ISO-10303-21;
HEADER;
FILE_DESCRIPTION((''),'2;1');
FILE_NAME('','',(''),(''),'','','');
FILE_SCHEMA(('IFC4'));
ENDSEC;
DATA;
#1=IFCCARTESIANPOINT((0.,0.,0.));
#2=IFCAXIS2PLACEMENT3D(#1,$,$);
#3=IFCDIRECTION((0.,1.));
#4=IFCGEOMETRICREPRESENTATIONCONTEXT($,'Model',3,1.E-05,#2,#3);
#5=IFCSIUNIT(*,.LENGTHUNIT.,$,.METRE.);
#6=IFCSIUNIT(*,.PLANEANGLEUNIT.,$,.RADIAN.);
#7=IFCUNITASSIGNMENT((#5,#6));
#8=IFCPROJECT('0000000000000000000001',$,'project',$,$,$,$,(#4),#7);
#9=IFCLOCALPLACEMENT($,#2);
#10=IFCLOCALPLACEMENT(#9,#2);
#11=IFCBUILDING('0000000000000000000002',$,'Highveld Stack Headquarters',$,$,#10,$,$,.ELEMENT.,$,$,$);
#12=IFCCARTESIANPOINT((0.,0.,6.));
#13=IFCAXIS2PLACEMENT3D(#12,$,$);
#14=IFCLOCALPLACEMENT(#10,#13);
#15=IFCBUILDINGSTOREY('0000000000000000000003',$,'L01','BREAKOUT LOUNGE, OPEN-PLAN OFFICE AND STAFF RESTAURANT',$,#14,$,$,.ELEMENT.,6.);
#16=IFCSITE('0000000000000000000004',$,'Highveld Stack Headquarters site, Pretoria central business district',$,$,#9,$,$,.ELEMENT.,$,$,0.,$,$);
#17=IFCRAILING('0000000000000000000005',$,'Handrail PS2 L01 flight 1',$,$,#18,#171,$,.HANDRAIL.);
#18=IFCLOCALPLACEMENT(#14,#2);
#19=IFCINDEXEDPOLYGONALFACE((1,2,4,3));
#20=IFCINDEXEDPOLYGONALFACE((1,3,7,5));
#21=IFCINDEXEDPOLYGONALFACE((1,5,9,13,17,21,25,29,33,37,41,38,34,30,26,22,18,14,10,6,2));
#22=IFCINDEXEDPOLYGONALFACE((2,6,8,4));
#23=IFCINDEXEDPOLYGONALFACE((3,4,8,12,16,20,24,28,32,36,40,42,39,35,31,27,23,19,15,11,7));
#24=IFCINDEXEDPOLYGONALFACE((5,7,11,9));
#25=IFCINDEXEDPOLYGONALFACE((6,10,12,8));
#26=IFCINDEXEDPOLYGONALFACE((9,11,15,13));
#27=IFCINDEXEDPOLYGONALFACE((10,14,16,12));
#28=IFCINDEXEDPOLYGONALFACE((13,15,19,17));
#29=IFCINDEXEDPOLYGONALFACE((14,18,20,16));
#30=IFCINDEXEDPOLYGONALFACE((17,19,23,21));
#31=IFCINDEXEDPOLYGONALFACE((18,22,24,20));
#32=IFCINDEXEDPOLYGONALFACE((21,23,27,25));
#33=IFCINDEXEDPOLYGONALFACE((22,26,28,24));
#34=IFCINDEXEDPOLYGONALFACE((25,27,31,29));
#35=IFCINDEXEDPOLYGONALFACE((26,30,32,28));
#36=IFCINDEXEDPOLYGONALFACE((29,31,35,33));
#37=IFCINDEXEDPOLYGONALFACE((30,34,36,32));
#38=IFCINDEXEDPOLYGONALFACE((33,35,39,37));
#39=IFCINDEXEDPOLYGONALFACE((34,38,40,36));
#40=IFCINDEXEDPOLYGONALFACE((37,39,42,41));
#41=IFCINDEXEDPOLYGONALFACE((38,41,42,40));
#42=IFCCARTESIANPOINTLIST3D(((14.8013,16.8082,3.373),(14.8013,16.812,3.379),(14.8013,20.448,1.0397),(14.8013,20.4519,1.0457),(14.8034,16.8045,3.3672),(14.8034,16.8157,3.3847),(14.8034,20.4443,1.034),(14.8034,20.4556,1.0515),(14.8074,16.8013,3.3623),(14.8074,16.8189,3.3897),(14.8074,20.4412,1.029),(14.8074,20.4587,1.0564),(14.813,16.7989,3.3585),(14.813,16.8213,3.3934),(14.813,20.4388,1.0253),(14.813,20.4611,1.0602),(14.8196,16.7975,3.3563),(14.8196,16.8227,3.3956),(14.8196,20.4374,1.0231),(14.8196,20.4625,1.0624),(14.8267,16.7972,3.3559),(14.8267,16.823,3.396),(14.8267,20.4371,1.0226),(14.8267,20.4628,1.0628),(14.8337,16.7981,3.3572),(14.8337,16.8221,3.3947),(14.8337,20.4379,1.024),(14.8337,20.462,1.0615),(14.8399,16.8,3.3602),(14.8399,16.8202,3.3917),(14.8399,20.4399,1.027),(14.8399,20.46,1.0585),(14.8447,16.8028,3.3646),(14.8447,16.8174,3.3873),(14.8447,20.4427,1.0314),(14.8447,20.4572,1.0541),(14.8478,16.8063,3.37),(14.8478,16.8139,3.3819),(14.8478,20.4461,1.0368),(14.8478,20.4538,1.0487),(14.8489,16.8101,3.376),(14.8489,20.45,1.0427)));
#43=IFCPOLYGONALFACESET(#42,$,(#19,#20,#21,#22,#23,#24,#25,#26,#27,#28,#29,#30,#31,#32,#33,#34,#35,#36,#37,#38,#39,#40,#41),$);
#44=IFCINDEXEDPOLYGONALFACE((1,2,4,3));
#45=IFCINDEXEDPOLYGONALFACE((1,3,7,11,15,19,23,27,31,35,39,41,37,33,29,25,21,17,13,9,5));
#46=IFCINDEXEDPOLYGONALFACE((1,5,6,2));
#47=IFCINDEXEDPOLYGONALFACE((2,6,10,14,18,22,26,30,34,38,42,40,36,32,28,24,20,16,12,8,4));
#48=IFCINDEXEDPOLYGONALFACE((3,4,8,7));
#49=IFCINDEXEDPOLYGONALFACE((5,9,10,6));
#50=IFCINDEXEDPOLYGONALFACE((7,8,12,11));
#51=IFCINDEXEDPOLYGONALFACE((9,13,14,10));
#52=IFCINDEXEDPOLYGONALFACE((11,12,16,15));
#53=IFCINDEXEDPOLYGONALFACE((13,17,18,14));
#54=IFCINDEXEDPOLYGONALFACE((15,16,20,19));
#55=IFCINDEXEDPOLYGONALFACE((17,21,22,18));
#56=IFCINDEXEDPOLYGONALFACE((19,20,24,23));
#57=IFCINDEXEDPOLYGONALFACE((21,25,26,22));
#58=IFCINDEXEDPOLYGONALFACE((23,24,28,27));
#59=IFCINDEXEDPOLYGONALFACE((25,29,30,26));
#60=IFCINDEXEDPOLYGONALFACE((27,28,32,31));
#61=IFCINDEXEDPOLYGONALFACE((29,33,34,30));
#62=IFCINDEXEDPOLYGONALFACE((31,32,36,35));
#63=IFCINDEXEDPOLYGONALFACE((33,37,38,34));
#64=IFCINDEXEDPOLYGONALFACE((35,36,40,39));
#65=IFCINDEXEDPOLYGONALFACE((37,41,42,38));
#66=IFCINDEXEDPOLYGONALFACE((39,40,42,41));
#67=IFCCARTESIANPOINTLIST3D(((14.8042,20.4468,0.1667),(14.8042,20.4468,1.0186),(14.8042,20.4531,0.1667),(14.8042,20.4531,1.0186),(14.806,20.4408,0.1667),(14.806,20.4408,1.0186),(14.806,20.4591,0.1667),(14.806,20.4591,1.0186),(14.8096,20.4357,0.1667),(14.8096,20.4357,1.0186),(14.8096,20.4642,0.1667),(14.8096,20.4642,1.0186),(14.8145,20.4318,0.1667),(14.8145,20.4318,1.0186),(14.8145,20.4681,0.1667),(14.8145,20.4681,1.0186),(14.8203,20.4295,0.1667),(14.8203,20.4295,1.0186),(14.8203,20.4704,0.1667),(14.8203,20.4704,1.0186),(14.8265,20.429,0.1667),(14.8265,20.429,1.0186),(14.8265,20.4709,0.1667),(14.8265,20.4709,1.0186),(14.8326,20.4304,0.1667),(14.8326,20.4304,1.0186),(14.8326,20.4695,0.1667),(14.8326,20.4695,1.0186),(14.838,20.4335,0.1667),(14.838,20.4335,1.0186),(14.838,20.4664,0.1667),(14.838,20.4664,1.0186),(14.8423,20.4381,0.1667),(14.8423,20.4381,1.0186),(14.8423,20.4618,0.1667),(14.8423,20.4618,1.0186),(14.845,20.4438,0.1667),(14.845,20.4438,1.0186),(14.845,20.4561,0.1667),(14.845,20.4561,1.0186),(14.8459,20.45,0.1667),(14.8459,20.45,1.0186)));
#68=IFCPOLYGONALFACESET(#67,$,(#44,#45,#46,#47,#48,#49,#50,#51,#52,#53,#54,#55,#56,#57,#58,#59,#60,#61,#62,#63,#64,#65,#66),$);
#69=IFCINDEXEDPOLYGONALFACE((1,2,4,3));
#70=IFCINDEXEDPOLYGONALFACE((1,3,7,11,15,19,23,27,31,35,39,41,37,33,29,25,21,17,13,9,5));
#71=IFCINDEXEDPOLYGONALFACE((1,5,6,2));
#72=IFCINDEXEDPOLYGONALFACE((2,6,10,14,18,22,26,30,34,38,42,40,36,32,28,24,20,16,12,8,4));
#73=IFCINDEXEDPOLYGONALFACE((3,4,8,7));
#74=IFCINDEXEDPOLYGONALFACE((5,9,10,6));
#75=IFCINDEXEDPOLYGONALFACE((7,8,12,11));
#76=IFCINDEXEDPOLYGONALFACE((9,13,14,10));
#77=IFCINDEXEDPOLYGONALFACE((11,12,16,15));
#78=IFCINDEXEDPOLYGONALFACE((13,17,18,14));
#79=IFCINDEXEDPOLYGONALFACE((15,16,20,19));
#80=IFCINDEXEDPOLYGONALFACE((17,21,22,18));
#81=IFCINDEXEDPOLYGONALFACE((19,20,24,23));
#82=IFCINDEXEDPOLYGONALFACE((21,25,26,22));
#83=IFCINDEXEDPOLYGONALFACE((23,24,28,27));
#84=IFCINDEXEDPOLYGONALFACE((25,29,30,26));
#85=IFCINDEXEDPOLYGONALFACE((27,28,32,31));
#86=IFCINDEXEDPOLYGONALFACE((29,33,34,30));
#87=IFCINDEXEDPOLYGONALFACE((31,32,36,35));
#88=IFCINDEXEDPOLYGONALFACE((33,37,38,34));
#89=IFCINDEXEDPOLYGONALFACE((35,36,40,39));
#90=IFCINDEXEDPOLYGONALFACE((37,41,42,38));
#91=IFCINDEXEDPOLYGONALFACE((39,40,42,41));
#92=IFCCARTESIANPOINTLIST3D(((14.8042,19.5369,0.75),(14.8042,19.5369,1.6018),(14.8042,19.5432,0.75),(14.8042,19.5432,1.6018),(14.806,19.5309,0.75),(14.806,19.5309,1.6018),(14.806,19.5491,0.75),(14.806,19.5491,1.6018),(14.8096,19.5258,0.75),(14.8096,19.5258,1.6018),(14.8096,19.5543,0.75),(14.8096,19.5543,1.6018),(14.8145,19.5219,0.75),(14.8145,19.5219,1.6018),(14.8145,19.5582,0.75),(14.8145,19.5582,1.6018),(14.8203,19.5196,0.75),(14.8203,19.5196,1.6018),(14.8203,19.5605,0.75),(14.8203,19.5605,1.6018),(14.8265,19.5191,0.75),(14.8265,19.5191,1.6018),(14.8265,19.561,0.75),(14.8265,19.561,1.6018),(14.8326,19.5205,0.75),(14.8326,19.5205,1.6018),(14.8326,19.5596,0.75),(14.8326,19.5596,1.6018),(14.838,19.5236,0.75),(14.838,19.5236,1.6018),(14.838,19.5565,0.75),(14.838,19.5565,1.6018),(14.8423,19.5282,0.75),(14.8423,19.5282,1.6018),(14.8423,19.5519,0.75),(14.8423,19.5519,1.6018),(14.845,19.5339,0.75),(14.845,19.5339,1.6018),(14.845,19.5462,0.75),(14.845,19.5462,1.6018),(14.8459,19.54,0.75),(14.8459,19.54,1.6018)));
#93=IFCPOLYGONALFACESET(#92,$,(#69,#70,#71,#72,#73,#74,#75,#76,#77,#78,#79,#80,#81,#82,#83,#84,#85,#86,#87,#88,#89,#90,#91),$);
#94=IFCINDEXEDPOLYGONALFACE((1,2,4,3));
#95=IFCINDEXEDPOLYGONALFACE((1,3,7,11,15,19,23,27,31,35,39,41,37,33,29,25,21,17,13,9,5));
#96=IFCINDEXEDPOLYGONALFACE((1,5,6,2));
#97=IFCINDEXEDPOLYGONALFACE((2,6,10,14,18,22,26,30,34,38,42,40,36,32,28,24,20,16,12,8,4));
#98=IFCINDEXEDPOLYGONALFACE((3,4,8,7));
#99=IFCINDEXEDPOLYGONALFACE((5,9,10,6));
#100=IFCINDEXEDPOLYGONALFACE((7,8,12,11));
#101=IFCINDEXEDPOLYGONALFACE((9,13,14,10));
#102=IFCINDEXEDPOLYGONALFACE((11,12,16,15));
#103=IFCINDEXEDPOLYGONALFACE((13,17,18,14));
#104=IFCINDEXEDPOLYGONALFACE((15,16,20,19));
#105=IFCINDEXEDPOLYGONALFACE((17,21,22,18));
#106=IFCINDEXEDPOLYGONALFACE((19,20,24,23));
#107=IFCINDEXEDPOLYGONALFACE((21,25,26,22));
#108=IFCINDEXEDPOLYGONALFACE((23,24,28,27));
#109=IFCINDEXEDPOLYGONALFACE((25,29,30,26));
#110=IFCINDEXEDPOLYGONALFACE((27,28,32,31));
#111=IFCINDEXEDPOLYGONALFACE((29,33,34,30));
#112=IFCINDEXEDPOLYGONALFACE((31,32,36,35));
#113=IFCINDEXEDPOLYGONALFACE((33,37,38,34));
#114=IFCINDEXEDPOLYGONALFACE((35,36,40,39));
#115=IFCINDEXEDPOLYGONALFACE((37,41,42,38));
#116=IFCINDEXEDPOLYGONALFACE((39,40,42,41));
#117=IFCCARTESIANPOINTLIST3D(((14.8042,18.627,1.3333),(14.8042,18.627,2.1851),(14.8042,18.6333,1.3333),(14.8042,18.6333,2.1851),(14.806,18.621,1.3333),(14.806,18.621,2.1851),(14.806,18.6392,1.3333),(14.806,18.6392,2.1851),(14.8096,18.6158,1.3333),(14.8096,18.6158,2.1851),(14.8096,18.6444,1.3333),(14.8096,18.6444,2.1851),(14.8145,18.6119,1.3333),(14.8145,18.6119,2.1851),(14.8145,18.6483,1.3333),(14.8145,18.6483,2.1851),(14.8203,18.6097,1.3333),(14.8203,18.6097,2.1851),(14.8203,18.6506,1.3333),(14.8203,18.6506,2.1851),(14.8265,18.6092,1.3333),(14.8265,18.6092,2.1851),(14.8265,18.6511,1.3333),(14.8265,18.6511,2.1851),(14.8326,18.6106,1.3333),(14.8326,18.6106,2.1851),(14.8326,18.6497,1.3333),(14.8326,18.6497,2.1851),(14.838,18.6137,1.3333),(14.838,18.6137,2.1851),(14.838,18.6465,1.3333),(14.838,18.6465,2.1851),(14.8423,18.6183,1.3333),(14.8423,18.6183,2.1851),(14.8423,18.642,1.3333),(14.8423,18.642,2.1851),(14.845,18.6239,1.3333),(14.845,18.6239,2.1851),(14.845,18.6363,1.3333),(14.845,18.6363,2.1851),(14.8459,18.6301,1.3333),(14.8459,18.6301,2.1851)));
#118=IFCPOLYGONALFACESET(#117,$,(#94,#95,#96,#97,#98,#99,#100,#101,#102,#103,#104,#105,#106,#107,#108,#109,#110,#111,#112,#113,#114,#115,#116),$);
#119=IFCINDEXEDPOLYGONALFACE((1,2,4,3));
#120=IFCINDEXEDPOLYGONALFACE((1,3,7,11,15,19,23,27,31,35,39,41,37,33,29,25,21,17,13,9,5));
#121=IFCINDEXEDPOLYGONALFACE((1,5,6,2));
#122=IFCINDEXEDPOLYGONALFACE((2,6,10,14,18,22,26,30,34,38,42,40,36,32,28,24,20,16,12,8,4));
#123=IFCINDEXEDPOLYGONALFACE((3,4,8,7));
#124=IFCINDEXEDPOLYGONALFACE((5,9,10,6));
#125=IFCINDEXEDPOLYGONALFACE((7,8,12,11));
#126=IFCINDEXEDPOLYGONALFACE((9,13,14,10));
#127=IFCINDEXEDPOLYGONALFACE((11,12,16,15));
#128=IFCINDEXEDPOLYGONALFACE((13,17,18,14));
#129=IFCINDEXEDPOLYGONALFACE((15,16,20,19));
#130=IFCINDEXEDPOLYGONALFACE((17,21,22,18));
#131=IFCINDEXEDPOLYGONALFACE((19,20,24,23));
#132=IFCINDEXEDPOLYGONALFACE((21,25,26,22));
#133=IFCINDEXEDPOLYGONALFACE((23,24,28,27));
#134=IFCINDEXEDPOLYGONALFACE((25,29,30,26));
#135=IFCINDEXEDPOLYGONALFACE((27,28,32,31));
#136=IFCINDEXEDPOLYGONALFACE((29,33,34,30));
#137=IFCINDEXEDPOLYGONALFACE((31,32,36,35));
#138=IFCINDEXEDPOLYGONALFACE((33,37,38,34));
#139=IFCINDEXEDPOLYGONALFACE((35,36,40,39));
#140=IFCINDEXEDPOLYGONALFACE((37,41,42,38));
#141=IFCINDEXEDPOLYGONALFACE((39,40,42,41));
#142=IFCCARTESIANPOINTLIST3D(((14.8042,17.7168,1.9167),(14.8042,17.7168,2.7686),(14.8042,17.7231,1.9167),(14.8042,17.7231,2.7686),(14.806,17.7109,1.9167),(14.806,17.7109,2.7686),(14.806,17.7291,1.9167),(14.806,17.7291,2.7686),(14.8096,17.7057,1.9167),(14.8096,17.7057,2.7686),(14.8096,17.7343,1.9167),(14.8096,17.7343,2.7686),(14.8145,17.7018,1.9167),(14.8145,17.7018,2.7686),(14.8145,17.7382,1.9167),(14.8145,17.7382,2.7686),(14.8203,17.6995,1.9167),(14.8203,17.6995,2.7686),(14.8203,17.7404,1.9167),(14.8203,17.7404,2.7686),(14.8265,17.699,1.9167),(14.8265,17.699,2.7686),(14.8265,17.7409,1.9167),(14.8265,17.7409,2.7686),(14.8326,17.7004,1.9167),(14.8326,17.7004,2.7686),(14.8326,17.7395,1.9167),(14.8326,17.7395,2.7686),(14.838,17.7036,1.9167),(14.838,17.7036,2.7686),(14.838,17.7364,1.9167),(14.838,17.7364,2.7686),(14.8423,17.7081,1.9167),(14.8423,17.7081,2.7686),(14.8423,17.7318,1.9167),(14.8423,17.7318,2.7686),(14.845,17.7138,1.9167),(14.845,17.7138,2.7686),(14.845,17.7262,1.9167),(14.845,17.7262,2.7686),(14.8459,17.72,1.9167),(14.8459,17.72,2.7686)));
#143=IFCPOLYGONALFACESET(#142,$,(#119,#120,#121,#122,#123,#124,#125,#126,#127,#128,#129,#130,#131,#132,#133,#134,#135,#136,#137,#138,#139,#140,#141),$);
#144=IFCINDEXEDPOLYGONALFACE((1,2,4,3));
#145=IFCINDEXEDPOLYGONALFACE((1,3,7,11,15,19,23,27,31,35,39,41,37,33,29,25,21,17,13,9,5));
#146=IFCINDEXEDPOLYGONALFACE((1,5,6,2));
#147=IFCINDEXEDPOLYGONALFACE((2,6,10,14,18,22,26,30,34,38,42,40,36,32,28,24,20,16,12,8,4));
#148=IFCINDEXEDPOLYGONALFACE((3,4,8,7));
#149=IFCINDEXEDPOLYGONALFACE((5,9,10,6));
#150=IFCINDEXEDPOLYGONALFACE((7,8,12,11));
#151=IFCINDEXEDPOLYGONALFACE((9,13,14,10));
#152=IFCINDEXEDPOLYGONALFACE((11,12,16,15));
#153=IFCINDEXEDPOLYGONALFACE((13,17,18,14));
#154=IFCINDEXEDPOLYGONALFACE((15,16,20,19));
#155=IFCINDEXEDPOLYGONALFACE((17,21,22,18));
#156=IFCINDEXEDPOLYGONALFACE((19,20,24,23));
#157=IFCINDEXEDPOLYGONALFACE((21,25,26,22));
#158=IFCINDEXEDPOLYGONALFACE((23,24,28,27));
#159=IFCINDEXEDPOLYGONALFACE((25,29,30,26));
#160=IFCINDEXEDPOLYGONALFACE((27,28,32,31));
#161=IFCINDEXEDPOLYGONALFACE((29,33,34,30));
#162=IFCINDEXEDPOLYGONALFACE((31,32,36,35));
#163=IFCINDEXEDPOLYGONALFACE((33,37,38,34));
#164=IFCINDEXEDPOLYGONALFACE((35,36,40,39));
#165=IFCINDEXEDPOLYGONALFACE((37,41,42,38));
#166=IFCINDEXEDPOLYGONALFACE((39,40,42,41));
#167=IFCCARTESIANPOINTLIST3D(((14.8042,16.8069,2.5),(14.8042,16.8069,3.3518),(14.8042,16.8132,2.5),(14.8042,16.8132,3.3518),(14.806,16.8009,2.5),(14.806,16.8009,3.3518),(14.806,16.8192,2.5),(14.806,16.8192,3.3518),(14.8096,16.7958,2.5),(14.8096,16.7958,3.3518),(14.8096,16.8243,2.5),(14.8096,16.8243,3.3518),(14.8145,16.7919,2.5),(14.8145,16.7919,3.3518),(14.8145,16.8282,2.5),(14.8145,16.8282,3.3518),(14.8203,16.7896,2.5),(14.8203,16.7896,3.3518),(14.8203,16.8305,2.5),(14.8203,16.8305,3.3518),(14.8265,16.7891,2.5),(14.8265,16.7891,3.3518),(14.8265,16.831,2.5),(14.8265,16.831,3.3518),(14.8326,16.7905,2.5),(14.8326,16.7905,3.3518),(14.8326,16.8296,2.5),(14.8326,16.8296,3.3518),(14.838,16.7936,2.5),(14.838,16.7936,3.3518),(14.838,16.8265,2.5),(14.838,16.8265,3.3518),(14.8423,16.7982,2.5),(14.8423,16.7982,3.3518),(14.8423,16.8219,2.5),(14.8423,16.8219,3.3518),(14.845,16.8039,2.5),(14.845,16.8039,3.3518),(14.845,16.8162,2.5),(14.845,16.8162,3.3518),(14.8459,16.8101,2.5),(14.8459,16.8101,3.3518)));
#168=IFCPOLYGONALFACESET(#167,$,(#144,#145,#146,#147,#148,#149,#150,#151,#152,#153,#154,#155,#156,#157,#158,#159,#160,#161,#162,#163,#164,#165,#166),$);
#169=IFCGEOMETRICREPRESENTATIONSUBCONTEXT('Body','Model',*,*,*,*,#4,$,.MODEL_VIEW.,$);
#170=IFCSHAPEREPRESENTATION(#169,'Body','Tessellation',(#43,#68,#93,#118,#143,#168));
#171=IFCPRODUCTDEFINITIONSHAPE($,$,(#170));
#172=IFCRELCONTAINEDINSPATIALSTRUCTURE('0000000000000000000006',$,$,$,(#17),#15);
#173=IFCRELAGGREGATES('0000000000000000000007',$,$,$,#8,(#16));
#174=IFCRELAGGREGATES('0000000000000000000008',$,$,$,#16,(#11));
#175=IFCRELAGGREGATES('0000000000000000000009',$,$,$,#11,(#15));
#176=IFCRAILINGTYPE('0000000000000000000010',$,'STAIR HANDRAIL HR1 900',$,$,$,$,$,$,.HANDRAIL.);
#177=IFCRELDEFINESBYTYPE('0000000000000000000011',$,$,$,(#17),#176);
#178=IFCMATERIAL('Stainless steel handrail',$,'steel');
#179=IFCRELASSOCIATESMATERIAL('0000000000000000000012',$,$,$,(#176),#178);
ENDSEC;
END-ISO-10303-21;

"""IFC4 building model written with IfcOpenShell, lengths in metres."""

from ifc_helpers import new_model, si_unit, direction, frame, origin, origin_2d, place, context, subcontext, project, spatial, circle, extrude, material, type_object, element, save


model = new_model("IFC4")

# Units and contexts
model_context = context("Model", 3, precision=1e-05, world=origin(), true_north=direction((0.0, 1.0)))
body_context = subcontext(model_context, "Body", "Model", "MODEL_VIEW")
ifc_project = project(units=[si_unit("LENGTHUNIT", "METRE"), si_unit("PLANEANGLEUNIT", "RADIAN")], contexts=[model_context])

# Site, building, storey
site_placement = place(None, origin())
site = spatial("IfcSite", under=ifc_project, at=site_placement, Name="Highveld Stack Headquarters site, Pretoria central business district", CompositionType="ELEMENT", RefElevation=0.0)
building_placement = place(site_placement, origin())
building = spatial("IfcBuilding", under=site, at=building_placement, Name="Highveld Stack Headquarters", CompositionType="ELEMENT")
storey_placement = place(building_placement, frame((0.0, 0.0, 6.0)))
storey = spatial("IfcBuildingStorey", under=building, at=storey_placement, Name="L01", Description="BREAKOUT LOUNGE, OPEN-PLAN OFFICE AND STAFF RESTAURANT", CompositionType="ELEMENT", Elevation=6.0)

# Railing
ifc_material_1 = material(Name="Stainless steel handrail", Category="steel")
railing_type = type_object("IfcRailingType", Name="STAIR HANDRAIL HR1 900", PredefinedType="HANDRAIL", material=ifc_material_1)
for number, where, name in (
    (1, (14.825, 20.45, 0.1667), "Handrail PS2 L01 flight 1"),
):
    element("IfcRailing", number, at=place(storey_placement, frame(where)), inside=storey, type_object=railing_type, Name=name, PredefinedType="HANDRAIL", context=body_context, shape_type="SweptSolid", body=[
        extrude(circle(Radius=0.0239, at=origin_2d()), frame((0.0, 0.0, 0.876), z_axis=(0.0, -0.84188, 0.539664), x_axis=(1.0, 0.0, 0.0)), (0.0, 0.0, 1.0), 4.3235),
        extrude(circle(Radius=0.021, at=origin_2d()), origin(), (0.0, 0.0, 1.0), 0.8518),
        extrude(circle(Radius=0.021, at=origin_2d()), frame((0.0, -0.9099, 0.5833)), (0.0, 0.0, 1.0), 0.8518),
        extrude(circle(Radius=0.021, at=origin_2d()), frame((0.0, -1.8198, 1.1665)), (0.0, 0.0, 1.0), 0.8518),
        extrude(circle(Radius=0.021, at=origin_2d()), frame((0.0, -2.73, 1.75)), (0.0, 0.0, 1.0), 0.8518),
        extrude(circle(Radius=0.021, at=origin_2d()), frame((0.0, -3.6399, 2.3333)), (0.0, 0.0, 1.0), 0.8518),
    ])

save(model, "model.ifc")
